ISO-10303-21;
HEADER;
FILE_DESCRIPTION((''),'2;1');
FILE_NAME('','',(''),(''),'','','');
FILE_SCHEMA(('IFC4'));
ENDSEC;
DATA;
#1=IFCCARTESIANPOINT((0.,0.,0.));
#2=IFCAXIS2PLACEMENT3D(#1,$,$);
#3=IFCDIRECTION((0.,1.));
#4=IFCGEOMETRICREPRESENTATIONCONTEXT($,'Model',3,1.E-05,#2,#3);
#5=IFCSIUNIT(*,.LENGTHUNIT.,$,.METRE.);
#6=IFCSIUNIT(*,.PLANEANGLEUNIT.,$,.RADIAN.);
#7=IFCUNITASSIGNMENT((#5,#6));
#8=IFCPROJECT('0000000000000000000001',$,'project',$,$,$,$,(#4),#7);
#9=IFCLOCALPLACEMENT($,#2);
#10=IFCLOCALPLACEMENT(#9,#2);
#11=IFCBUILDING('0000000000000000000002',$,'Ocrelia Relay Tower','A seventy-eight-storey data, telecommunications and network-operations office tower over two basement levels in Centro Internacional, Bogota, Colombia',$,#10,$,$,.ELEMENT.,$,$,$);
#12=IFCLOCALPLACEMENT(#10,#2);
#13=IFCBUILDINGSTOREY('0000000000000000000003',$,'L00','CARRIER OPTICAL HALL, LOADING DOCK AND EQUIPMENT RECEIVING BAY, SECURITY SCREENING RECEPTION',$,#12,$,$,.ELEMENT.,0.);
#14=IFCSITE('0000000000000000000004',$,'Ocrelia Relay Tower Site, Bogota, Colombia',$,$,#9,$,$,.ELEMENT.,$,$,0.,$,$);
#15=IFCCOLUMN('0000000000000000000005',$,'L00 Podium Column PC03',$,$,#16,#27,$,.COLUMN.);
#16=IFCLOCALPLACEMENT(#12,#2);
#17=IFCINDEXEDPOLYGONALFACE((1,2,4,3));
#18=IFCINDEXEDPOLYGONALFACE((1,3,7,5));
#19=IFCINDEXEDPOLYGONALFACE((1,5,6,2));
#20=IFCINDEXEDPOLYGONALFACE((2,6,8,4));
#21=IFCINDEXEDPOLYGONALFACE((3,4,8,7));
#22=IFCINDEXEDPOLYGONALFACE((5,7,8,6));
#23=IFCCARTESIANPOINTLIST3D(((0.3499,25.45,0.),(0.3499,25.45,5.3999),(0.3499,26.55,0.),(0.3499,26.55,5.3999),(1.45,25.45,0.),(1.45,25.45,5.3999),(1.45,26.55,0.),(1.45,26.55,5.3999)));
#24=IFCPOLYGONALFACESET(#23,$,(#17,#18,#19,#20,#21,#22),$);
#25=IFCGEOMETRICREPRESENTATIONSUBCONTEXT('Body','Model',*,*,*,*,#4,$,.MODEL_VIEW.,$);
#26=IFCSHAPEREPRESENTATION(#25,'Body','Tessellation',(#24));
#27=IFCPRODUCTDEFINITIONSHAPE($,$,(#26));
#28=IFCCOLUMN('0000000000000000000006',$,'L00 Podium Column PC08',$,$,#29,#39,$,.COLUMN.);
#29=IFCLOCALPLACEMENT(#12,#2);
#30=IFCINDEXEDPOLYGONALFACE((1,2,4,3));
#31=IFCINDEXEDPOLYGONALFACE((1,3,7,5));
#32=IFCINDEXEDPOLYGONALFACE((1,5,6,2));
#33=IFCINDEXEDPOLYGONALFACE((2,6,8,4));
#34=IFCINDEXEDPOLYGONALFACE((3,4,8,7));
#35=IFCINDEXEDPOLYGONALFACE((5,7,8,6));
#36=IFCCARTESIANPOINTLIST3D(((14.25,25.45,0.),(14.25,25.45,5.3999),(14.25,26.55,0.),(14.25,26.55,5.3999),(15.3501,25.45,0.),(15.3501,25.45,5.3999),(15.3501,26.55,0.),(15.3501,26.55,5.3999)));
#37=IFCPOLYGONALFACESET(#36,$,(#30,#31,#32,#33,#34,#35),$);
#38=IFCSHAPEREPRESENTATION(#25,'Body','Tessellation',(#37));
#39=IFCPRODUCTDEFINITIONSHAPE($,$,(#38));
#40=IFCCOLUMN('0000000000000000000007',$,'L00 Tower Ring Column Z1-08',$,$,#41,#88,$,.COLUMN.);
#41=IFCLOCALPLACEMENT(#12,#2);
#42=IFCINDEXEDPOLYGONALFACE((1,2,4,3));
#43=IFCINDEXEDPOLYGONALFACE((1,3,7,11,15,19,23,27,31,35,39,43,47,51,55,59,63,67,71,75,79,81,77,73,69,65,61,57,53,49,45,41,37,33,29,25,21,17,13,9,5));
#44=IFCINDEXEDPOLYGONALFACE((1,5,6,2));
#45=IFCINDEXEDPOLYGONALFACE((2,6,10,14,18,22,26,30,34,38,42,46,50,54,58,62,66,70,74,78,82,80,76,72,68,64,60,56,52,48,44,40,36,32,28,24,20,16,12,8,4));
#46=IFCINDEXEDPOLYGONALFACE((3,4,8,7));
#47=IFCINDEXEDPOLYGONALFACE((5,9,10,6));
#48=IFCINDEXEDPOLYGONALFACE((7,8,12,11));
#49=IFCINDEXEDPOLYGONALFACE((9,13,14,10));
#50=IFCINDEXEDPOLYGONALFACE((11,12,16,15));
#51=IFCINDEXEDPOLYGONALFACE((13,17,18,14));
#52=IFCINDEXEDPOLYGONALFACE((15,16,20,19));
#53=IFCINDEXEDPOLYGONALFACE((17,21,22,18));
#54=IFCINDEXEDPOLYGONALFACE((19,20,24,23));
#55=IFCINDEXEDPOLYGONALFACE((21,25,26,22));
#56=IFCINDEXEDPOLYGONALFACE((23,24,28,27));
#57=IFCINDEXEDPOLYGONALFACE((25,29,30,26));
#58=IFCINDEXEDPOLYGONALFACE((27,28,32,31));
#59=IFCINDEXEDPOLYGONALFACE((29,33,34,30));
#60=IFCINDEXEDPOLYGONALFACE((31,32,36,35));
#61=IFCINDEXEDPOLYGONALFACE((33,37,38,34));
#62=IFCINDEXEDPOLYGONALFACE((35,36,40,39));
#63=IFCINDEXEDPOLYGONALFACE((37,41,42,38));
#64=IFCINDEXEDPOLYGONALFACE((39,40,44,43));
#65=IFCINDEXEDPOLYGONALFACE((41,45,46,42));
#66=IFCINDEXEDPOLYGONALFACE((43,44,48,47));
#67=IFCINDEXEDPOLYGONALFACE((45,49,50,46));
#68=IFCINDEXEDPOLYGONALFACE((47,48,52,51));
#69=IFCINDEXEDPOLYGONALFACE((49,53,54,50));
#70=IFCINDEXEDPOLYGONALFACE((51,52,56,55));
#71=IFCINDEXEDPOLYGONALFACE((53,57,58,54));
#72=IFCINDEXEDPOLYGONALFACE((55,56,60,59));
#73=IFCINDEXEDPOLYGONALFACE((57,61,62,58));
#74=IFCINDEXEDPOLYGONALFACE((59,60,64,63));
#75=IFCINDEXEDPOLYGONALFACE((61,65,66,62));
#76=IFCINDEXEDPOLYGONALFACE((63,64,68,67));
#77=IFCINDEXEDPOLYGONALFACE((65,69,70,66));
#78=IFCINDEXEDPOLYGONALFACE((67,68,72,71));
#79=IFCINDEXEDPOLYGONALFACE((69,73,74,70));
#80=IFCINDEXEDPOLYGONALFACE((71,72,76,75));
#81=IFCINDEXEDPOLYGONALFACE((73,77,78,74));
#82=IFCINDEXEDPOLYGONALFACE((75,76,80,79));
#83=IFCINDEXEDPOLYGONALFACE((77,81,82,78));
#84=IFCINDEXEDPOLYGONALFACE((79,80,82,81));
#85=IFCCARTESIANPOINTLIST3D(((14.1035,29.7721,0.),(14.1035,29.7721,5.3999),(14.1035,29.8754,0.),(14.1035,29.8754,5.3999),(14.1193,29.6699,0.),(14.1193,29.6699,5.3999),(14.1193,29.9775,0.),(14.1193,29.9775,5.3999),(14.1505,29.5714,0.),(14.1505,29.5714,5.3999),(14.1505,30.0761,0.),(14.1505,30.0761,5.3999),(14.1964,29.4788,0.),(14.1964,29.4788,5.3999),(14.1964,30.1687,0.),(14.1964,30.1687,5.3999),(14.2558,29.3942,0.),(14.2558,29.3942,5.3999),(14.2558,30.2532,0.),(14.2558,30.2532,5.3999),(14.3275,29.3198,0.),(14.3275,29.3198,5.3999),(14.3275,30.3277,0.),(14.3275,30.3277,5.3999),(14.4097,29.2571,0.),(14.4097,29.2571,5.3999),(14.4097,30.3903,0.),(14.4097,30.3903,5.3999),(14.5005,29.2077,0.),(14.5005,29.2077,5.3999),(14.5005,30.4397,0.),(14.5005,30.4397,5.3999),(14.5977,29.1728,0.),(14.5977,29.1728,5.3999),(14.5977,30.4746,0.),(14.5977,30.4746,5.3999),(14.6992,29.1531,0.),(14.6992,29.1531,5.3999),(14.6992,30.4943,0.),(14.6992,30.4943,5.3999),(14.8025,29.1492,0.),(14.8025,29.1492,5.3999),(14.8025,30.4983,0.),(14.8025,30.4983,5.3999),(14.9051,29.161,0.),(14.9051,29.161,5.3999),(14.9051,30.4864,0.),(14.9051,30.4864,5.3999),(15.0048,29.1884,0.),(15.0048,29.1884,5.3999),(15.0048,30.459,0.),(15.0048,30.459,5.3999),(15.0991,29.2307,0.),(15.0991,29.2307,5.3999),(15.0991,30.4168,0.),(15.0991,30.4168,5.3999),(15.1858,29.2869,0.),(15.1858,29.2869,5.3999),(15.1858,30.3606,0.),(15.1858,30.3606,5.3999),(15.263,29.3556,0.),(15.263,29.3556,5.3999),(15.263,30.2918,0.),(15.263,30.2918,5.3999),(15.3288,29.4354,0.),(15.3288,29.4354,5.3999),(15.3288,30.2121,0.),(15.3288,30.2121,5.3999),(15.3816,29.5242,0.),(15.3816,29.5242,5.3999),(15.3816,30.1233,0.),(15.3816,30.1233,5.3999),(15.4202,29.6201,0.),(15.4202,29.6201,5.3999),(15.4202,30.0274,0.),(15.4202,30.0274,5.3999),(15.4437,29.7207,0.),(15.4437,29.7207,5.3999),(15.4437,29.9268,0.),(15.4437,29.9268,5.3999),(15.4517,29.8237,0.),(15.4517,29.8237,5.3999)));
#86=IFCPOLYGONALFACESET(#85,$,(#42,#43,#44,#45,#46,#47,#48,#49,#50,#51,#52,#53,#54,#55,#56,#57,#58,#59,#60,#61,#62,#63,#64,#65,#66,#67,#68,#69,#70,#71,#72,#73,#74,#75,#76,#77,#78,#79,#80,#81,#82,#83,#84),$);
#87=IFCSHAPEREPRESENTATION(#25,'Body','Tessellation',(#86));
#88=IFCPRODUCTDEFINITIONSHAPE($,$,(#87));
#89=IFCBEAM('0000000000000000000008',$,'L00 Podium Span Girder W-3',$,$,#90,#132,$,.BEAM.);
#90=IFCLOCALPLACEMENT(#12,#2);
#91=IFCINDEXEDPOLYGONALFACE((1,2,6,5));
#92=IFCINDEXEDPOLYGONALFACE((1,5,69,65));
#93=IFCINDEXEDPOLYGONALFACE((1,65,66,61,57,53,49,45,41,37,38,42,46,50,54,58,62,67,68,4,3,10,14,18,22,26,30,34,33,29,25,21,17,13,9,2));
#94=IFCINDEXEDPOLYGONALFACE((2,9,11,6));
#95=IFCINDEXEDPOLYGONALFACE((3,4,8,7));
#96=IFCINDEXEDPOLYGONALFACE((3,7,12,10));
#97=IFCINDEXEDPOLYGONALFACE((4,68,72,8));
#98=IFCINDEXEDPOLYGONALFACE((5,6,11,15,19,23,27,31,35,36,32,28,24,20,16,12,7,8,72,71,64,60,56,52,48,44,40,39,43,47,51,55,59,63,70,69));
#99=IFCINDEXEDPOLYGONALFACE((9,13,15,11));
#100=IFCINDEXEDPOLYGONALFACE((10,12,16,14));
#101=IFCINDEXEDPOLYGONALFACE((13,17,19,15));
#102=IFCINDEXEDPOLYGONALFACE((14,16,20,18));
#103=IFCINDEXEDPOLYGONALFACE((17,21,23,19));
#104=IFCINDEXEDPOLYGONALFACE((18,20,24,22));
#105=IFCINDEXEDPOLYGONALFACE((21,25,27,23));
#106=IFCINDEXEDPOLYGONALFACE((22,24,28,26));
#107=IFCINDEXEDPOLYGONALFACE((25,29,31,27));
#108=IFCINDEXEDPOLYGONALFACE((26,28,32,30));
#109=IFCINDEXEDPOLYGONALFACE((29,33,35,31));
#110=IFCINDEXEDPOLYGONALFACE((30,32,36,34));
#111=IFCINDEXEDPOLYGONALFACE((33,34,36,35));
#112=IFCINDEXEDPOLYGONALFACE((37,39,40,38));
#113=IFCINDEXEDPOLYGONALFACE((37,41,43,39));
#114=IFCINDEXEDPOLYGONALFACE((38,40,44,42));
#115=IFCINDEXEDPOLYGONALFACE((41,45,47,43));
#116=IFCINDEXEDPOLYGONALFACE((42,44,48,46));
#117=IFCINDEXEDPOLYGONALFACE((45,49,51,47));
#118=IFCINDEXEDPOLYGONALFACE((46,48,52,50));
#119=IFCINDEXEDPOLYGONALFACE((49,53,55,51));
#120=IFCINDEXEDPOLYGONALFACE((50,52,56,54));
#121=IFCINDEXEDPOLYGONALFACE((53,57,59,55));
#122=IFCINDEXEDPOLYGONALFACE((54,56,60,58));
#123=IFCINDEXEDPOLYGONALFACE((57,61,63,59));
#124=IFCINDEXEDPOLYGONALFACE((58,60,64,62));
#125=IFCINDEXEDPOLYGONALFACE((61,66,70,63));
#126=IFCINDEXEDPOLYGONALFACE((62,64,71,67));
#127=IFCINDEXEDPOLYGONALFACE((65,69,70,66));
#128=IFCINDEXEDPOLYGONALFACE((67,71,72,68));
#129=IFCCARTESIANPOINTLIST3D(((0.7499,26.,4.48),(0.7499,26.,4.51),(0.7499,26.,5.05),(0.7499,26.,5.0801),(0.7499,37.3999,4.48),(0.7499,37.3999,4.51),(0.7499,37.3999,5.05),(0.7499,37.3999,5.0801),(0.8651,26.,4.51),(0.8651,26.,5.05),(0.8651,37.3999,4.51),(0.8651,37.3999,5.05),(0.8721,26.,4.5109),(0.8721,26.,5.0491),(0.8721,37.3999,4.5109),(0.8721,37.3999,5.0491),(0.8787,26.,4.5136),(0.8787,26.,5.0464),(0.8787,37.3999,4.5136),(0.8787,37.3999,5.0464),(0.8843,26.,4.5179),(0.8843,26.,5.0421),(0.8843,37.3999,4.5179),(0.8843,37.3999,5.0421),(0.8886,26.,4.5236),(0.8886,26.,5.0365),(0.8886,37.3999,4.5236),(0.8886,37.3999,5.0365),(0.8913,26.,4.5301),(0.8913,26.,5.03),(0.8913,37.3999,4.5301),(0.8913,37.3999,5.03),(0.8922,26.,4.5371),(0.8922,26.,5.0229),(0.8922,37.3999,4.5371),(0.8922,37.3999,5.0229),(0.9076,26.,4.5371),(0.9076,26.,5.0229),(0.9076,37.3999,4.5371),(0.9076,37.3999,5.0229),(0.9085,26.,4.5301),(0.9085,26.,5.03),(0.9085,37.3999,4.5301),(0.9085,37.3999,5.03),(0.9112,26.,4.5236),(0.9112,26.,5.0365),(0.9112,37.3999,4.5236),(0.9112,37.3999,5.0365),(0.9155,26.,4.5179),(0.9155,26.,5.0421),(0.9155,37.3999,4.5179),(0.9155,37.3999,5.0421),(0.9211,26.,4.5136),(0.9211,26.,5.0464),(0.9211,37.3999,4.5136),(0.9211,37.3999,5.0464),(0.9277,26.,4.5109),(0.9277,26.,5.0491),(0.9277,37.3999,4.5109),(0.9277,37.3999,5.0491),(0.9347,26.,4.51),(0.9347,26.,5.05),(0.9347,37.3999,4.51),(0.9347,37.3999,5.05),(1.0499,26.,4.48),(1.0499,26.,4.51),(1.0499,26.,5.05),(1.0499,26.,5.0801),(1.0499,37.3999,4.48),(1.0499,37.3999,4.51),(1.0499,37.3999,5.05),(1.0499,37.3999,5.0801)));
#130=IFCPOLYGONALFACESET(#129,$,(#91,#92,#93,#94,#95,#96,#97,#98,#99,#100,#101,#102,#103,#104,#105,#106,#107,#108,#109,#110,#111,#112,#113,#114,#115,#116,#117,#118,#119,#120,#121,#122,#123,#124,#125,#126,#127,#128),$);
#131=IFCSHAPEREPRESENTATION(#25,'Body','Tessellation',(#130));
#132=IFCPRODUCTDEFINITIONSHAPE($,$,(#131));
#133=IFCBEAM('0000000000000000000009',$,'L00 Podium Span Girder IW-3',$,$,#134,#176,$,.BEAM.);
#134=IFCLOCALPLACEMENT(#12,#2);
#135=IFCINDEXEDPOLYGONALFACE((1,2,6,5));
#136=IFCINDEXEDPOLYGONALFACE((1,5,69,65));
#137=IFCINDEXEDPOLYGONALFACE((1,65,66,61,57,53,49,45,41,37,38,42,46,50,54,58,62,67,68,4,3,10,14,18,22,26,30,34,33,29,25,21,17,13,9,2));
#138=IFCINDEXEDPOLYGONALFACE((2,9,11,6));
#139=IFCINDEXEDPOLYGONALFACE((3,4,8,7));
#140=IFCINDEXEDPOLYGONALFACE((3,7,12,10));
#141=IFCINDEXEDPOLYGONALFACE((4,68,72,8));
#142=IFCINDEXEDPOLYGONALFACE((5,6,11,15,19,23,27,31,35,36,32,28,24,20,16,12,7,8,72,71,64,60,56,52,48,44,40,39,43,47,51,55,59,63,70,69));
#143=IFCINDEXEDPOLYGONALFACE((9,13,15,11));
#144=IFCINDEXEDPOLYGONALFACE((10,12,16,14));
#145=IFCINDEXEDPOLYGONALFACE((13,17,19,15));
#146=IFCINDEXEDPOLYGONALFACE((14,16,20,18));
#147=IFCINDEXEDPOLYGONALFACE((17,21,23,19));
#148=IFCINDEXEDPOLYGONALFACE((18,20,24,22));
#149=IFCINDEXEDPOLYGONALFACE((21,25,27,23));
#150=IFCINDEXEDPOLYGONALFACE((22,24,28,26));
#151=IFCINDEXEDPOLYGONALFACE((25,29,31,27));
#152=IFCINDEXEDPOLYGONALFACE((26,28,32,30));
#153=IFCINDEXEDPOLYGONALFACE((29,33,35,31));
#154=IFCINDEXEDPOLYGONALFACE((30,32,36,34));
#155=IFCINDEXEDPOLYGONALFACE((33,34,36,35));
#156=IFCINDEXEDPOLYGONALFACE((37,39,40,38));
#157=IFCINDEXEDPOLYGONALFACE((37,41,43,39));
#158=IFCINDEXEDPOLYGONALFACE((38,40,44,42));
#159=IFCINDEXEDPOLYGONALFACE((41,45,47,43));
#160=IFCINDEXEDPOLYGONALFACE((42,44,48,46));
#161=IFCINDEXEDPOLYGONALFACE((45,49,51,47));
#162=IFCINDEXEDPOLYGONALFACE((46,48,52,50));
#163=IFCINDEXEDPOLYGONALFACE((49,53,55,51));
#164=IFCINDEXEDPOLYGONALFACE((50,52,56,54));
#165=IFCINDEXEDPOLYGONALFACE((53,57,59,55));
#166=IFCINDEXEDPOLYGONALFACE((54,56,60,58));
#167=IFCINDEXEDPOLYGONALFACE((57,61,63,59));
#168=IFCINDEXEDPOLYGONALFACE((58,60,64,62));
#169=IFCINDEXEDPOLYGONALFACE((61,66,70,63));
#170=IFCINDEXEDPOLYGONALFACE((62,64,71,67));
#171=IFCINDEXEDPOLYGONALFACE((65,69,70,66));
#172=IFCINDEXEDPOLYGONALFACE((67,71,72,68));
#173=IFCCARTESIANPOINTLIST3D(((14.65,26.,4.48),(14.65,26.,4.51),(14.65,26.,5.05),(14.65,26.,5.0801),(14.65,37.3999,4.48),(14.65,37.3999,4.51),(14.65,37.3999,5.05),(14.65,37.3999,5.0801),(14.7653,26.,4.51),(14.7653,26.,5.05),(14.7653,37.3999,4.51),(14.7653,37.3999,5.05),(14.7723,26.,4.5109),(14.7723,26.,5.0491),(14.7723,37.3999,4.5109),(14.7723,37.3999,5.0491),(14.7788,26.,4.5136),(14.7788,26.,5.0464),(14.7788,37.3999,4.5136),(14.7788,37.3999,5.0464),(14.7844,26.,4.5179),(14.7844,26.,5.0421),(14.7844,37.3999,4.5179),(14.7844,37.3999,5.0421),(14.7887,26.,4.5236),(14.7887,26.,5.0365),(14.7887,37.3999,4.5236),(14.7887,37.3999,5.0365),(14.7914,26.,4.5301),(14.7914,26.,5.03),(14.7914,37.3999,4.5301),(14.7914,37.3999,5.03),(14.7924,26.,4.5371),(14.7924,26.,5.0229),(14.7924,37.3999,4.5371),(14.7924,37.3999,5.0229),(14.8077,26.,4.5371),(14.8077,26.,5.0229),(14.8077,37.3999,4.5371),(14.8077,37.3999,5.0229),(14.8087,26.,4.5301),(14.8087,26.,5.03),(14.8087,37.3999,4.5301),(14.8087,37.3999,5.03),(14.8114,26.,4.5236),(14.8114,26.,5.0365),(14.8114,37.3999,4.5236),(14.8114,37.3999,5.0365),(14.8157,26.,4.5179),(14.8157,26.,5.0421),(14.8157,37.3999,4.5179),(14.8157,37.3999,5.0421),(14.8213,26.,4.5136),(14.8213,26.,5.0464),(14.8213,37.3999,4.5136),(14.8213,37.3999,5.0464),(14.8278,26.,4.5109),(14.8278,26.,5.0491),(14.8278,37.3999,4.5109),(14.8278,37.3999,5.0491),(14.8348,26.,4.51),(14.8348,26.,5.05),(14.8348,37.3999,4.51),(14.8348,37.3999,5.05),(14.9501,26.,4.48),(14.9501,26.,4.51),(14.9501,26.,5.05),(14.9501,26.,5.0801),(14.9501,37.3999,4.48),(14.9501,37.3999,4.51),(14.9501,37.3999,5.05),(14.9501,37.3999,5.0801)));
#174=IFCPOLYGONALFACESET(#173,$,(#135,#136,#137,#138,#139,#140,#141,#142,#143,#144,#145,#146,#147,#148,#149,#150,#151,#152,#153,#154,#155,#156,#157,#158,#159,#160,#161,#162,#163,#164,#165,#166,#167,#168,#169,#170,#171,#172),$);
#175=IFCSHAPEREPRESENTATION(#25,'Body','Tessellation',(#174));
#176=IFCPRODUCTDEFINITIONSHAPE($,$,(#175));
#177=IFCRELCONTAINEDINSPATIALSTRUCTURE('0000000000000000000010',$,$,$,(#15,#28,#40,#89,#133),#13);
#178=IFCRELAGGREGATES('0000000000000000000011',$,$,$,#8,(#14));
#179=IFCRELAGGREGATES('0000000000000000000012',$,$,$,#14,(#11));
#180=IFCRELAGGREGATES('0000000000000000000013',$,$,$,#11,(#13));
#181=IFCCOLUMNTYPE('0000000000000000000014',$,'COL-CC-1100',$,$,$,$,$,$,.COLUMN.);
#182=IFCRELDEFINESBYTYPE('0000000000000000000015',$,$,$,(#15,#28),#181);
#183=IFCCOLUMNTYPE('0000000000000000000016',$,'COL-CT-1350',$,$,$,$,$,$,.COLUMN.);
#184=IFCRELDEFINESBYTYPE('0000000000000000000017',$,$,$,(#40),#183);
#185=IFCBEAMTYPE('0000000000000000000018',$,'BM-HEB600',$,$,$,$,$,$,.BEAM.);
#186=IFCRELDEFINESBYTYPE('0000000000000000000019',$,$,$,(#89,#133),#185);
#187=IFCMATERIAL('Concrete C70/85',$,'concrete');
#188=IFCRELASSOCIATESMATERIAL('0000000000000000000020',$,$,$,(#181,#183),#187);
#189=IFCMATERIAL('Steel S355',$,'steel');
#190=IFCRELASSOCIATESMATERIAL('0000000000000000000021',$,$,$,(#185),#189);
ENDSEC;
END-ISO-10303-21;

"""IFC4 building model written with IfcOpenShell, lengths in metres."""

from ifc_helpers import new_model, si_unit, direction, frame, origin, origin_2d, place, context, subcontext, project, spatial, rectangle, circle, i_section, extrude, material, material_profile, profile_set, type_object, element, save


model = new_model("IFC4")

# Units and contexts
model_context = context("Model", 3, precision=1e-05, world=origin(), true_north=direction((0.0, 1.0)))
body_context = subcontext(model_context, "Body", "Model", "MODEL_VIEW")
ifc_project = project(units=[si_unit("LENGTHUNIT", "METRE"), si_unit("PLANEANGLEUNIT", "RADIAN")], contexts=[model_context])

# Site, building, storey
site_placement = place(None, origin())
site = spatial("IfcSite", under=ifc_project, at=site_placement, Name="Ocrelia Relay Tower Site, Bogota, Colombia", CompositionType="ELEMENT", RefElevation=0.0)
building_placement = place(site_placement, origin())
building = spatial("IfcBuilding", under=site, at=building_placement, Name="Ocrelia Relay Tower", Description="A seventy-eight-storey data, telecommunications and network-operations office tower over two basement levels in Centro Internacional, Bogota, Colombia", CompositionType="ELEMENT")
storey_placement = place(building_placement, origin())
storey = spatial("IfcBuildingStorey", under=building, at=storey_placement, Name="L00", Description="CARRIER OPTICAL HALL, LOADING DOCK AND EQUIPMENT RECEIVING BAY, SECURITY SCREENING RECEPTION", CompositionType="ELEMENT", Elevation=0.0)

# Columns
ifc_material_1 = material(Name="Concrete C70/85", Category="concrete")
ifc_material_profile_1 = material_profile(ifc_material_1, rectangle(XDim=1.1001, YDim=1.1001, at=origin_2d()), Name="RC-COL-1100x1100")
ifc_profile_set_1 = profile_set([ifc_material_profile_1], Name="Concrete C70/85")
column_type_1 = type_object("IfcColumnType", Name="COL-CC-1100", PredefinedType="COLUMN", material=ifc_profile_set_1)
for number, where, z_axis, x_axis, name in (
    (1, (0.8999, 26.0, 0.0), (0.0, 0.0, 1.0), (1.0, 0.0, 0.0), "L00 Podium Column PC03"),
    (2, (14.8, 26.0, 0.0), (0.0, 0.0, 1.0), (1.0, 0.0, 0.0), "L00 Podium Column PC08"),
):
    element("IfcColumn", number, at=place(storey_placement, frame(where, z_axis=z_axis, x_axis=x_axis)), inside=storey, type_object=column_type_1, Name=name, PredefinedType="COLUMN", context=body_context, shape_type="SweptSolid", body=[
        extrude(rectangle(XDim=1.1001, YDim=1.1001, at=origin_2d()), origin(), (0.0, 0.0, 1.0), 5.3999),
    ])
ifc_material_profile_2 = material_profile(ifc_material_1, circle(Radius=0.675, at=origin_2d()), Name="RC-CIR-1350")
ifc_profile_set_2 = profile_set([ifc_material_profile_2], Name="Concrete C70/85")
column_type_2 = type_object("IfcColumnType", Name="COL-CT-1350", PredefinedType="COLUMN", material=ifc_profile_set_2)
column_placement = place(storey_placement, frame((14.7766, 29.8237, 0.0), z_axis=(0.0, 0.0, 1.0), x_axis=(1.0, 0.0, 0.0)))
element("IfcColumn", 3, at=column_placement, inside=storey, type_object=column_type_2, Name="L00 Tower Ring Column Z1-08", PredefinedType="COLUMN", context=body_context, shape_type="SweptSolid", body=[
    extrude(circle(Radius=0.675, at=origin_2d()), origin(), (0.0, 0.0, 1.0), 5.3999),
])

# Beams
ifc_material_2 = material(Name="Steel S355", Category="steel")
ifc_material_profile_3 = material_profile(ifc_material_2, i_section(OverallWidth=0.3, OverallDepth=0.6001, WebThickness=0.0154, FlangeThickness=0.03, FilletRadius=0.0271, at=origin_2d()), Name="HEB 600")
ifc_profile_set_3 = profile_set([ifc_material_profile_3], Name="Steel S355")
beam_type_1 = type_object("IfcBeamType", Name="BM-HEB600", PredefinedType="BEAM", material=ifc_profile_set_3)
for number, where, z_axis, x_axis, name in (
    (4, (0.8999, 26.0, 4.78), (0.0, 1.0, 0.0), (-1.0, 0.0, 0.0), "L00 Podium Span Girder W-3"),
    (5, (14.8, 26.0, 4.78), (0.0, 1.0, 0.0), (-1.0, 0.0, 0.0), "L00 Podium Span Girder IW-3"),
):
    element("IfcBeam", number, at=place(storey_placement, frame(where, z_axis=z_axis, x_axis=x_axis)), inside=storey, type_object=beam_type_1, Name=name, PredefinedType="BEAM", context=body_context, shape_type="SweptSolid", body=[
        extrude(i_section(OverallWidth=0.3, OverallDepth=0.6001, WebThickness=0.0154, FlangeThickness=0.03, FilletRadius=0.0271, at=origin_2d()), origin(), (0.0, 0.0, 1.0), 11.3999),
    ])

save(model, "model.ifc")
